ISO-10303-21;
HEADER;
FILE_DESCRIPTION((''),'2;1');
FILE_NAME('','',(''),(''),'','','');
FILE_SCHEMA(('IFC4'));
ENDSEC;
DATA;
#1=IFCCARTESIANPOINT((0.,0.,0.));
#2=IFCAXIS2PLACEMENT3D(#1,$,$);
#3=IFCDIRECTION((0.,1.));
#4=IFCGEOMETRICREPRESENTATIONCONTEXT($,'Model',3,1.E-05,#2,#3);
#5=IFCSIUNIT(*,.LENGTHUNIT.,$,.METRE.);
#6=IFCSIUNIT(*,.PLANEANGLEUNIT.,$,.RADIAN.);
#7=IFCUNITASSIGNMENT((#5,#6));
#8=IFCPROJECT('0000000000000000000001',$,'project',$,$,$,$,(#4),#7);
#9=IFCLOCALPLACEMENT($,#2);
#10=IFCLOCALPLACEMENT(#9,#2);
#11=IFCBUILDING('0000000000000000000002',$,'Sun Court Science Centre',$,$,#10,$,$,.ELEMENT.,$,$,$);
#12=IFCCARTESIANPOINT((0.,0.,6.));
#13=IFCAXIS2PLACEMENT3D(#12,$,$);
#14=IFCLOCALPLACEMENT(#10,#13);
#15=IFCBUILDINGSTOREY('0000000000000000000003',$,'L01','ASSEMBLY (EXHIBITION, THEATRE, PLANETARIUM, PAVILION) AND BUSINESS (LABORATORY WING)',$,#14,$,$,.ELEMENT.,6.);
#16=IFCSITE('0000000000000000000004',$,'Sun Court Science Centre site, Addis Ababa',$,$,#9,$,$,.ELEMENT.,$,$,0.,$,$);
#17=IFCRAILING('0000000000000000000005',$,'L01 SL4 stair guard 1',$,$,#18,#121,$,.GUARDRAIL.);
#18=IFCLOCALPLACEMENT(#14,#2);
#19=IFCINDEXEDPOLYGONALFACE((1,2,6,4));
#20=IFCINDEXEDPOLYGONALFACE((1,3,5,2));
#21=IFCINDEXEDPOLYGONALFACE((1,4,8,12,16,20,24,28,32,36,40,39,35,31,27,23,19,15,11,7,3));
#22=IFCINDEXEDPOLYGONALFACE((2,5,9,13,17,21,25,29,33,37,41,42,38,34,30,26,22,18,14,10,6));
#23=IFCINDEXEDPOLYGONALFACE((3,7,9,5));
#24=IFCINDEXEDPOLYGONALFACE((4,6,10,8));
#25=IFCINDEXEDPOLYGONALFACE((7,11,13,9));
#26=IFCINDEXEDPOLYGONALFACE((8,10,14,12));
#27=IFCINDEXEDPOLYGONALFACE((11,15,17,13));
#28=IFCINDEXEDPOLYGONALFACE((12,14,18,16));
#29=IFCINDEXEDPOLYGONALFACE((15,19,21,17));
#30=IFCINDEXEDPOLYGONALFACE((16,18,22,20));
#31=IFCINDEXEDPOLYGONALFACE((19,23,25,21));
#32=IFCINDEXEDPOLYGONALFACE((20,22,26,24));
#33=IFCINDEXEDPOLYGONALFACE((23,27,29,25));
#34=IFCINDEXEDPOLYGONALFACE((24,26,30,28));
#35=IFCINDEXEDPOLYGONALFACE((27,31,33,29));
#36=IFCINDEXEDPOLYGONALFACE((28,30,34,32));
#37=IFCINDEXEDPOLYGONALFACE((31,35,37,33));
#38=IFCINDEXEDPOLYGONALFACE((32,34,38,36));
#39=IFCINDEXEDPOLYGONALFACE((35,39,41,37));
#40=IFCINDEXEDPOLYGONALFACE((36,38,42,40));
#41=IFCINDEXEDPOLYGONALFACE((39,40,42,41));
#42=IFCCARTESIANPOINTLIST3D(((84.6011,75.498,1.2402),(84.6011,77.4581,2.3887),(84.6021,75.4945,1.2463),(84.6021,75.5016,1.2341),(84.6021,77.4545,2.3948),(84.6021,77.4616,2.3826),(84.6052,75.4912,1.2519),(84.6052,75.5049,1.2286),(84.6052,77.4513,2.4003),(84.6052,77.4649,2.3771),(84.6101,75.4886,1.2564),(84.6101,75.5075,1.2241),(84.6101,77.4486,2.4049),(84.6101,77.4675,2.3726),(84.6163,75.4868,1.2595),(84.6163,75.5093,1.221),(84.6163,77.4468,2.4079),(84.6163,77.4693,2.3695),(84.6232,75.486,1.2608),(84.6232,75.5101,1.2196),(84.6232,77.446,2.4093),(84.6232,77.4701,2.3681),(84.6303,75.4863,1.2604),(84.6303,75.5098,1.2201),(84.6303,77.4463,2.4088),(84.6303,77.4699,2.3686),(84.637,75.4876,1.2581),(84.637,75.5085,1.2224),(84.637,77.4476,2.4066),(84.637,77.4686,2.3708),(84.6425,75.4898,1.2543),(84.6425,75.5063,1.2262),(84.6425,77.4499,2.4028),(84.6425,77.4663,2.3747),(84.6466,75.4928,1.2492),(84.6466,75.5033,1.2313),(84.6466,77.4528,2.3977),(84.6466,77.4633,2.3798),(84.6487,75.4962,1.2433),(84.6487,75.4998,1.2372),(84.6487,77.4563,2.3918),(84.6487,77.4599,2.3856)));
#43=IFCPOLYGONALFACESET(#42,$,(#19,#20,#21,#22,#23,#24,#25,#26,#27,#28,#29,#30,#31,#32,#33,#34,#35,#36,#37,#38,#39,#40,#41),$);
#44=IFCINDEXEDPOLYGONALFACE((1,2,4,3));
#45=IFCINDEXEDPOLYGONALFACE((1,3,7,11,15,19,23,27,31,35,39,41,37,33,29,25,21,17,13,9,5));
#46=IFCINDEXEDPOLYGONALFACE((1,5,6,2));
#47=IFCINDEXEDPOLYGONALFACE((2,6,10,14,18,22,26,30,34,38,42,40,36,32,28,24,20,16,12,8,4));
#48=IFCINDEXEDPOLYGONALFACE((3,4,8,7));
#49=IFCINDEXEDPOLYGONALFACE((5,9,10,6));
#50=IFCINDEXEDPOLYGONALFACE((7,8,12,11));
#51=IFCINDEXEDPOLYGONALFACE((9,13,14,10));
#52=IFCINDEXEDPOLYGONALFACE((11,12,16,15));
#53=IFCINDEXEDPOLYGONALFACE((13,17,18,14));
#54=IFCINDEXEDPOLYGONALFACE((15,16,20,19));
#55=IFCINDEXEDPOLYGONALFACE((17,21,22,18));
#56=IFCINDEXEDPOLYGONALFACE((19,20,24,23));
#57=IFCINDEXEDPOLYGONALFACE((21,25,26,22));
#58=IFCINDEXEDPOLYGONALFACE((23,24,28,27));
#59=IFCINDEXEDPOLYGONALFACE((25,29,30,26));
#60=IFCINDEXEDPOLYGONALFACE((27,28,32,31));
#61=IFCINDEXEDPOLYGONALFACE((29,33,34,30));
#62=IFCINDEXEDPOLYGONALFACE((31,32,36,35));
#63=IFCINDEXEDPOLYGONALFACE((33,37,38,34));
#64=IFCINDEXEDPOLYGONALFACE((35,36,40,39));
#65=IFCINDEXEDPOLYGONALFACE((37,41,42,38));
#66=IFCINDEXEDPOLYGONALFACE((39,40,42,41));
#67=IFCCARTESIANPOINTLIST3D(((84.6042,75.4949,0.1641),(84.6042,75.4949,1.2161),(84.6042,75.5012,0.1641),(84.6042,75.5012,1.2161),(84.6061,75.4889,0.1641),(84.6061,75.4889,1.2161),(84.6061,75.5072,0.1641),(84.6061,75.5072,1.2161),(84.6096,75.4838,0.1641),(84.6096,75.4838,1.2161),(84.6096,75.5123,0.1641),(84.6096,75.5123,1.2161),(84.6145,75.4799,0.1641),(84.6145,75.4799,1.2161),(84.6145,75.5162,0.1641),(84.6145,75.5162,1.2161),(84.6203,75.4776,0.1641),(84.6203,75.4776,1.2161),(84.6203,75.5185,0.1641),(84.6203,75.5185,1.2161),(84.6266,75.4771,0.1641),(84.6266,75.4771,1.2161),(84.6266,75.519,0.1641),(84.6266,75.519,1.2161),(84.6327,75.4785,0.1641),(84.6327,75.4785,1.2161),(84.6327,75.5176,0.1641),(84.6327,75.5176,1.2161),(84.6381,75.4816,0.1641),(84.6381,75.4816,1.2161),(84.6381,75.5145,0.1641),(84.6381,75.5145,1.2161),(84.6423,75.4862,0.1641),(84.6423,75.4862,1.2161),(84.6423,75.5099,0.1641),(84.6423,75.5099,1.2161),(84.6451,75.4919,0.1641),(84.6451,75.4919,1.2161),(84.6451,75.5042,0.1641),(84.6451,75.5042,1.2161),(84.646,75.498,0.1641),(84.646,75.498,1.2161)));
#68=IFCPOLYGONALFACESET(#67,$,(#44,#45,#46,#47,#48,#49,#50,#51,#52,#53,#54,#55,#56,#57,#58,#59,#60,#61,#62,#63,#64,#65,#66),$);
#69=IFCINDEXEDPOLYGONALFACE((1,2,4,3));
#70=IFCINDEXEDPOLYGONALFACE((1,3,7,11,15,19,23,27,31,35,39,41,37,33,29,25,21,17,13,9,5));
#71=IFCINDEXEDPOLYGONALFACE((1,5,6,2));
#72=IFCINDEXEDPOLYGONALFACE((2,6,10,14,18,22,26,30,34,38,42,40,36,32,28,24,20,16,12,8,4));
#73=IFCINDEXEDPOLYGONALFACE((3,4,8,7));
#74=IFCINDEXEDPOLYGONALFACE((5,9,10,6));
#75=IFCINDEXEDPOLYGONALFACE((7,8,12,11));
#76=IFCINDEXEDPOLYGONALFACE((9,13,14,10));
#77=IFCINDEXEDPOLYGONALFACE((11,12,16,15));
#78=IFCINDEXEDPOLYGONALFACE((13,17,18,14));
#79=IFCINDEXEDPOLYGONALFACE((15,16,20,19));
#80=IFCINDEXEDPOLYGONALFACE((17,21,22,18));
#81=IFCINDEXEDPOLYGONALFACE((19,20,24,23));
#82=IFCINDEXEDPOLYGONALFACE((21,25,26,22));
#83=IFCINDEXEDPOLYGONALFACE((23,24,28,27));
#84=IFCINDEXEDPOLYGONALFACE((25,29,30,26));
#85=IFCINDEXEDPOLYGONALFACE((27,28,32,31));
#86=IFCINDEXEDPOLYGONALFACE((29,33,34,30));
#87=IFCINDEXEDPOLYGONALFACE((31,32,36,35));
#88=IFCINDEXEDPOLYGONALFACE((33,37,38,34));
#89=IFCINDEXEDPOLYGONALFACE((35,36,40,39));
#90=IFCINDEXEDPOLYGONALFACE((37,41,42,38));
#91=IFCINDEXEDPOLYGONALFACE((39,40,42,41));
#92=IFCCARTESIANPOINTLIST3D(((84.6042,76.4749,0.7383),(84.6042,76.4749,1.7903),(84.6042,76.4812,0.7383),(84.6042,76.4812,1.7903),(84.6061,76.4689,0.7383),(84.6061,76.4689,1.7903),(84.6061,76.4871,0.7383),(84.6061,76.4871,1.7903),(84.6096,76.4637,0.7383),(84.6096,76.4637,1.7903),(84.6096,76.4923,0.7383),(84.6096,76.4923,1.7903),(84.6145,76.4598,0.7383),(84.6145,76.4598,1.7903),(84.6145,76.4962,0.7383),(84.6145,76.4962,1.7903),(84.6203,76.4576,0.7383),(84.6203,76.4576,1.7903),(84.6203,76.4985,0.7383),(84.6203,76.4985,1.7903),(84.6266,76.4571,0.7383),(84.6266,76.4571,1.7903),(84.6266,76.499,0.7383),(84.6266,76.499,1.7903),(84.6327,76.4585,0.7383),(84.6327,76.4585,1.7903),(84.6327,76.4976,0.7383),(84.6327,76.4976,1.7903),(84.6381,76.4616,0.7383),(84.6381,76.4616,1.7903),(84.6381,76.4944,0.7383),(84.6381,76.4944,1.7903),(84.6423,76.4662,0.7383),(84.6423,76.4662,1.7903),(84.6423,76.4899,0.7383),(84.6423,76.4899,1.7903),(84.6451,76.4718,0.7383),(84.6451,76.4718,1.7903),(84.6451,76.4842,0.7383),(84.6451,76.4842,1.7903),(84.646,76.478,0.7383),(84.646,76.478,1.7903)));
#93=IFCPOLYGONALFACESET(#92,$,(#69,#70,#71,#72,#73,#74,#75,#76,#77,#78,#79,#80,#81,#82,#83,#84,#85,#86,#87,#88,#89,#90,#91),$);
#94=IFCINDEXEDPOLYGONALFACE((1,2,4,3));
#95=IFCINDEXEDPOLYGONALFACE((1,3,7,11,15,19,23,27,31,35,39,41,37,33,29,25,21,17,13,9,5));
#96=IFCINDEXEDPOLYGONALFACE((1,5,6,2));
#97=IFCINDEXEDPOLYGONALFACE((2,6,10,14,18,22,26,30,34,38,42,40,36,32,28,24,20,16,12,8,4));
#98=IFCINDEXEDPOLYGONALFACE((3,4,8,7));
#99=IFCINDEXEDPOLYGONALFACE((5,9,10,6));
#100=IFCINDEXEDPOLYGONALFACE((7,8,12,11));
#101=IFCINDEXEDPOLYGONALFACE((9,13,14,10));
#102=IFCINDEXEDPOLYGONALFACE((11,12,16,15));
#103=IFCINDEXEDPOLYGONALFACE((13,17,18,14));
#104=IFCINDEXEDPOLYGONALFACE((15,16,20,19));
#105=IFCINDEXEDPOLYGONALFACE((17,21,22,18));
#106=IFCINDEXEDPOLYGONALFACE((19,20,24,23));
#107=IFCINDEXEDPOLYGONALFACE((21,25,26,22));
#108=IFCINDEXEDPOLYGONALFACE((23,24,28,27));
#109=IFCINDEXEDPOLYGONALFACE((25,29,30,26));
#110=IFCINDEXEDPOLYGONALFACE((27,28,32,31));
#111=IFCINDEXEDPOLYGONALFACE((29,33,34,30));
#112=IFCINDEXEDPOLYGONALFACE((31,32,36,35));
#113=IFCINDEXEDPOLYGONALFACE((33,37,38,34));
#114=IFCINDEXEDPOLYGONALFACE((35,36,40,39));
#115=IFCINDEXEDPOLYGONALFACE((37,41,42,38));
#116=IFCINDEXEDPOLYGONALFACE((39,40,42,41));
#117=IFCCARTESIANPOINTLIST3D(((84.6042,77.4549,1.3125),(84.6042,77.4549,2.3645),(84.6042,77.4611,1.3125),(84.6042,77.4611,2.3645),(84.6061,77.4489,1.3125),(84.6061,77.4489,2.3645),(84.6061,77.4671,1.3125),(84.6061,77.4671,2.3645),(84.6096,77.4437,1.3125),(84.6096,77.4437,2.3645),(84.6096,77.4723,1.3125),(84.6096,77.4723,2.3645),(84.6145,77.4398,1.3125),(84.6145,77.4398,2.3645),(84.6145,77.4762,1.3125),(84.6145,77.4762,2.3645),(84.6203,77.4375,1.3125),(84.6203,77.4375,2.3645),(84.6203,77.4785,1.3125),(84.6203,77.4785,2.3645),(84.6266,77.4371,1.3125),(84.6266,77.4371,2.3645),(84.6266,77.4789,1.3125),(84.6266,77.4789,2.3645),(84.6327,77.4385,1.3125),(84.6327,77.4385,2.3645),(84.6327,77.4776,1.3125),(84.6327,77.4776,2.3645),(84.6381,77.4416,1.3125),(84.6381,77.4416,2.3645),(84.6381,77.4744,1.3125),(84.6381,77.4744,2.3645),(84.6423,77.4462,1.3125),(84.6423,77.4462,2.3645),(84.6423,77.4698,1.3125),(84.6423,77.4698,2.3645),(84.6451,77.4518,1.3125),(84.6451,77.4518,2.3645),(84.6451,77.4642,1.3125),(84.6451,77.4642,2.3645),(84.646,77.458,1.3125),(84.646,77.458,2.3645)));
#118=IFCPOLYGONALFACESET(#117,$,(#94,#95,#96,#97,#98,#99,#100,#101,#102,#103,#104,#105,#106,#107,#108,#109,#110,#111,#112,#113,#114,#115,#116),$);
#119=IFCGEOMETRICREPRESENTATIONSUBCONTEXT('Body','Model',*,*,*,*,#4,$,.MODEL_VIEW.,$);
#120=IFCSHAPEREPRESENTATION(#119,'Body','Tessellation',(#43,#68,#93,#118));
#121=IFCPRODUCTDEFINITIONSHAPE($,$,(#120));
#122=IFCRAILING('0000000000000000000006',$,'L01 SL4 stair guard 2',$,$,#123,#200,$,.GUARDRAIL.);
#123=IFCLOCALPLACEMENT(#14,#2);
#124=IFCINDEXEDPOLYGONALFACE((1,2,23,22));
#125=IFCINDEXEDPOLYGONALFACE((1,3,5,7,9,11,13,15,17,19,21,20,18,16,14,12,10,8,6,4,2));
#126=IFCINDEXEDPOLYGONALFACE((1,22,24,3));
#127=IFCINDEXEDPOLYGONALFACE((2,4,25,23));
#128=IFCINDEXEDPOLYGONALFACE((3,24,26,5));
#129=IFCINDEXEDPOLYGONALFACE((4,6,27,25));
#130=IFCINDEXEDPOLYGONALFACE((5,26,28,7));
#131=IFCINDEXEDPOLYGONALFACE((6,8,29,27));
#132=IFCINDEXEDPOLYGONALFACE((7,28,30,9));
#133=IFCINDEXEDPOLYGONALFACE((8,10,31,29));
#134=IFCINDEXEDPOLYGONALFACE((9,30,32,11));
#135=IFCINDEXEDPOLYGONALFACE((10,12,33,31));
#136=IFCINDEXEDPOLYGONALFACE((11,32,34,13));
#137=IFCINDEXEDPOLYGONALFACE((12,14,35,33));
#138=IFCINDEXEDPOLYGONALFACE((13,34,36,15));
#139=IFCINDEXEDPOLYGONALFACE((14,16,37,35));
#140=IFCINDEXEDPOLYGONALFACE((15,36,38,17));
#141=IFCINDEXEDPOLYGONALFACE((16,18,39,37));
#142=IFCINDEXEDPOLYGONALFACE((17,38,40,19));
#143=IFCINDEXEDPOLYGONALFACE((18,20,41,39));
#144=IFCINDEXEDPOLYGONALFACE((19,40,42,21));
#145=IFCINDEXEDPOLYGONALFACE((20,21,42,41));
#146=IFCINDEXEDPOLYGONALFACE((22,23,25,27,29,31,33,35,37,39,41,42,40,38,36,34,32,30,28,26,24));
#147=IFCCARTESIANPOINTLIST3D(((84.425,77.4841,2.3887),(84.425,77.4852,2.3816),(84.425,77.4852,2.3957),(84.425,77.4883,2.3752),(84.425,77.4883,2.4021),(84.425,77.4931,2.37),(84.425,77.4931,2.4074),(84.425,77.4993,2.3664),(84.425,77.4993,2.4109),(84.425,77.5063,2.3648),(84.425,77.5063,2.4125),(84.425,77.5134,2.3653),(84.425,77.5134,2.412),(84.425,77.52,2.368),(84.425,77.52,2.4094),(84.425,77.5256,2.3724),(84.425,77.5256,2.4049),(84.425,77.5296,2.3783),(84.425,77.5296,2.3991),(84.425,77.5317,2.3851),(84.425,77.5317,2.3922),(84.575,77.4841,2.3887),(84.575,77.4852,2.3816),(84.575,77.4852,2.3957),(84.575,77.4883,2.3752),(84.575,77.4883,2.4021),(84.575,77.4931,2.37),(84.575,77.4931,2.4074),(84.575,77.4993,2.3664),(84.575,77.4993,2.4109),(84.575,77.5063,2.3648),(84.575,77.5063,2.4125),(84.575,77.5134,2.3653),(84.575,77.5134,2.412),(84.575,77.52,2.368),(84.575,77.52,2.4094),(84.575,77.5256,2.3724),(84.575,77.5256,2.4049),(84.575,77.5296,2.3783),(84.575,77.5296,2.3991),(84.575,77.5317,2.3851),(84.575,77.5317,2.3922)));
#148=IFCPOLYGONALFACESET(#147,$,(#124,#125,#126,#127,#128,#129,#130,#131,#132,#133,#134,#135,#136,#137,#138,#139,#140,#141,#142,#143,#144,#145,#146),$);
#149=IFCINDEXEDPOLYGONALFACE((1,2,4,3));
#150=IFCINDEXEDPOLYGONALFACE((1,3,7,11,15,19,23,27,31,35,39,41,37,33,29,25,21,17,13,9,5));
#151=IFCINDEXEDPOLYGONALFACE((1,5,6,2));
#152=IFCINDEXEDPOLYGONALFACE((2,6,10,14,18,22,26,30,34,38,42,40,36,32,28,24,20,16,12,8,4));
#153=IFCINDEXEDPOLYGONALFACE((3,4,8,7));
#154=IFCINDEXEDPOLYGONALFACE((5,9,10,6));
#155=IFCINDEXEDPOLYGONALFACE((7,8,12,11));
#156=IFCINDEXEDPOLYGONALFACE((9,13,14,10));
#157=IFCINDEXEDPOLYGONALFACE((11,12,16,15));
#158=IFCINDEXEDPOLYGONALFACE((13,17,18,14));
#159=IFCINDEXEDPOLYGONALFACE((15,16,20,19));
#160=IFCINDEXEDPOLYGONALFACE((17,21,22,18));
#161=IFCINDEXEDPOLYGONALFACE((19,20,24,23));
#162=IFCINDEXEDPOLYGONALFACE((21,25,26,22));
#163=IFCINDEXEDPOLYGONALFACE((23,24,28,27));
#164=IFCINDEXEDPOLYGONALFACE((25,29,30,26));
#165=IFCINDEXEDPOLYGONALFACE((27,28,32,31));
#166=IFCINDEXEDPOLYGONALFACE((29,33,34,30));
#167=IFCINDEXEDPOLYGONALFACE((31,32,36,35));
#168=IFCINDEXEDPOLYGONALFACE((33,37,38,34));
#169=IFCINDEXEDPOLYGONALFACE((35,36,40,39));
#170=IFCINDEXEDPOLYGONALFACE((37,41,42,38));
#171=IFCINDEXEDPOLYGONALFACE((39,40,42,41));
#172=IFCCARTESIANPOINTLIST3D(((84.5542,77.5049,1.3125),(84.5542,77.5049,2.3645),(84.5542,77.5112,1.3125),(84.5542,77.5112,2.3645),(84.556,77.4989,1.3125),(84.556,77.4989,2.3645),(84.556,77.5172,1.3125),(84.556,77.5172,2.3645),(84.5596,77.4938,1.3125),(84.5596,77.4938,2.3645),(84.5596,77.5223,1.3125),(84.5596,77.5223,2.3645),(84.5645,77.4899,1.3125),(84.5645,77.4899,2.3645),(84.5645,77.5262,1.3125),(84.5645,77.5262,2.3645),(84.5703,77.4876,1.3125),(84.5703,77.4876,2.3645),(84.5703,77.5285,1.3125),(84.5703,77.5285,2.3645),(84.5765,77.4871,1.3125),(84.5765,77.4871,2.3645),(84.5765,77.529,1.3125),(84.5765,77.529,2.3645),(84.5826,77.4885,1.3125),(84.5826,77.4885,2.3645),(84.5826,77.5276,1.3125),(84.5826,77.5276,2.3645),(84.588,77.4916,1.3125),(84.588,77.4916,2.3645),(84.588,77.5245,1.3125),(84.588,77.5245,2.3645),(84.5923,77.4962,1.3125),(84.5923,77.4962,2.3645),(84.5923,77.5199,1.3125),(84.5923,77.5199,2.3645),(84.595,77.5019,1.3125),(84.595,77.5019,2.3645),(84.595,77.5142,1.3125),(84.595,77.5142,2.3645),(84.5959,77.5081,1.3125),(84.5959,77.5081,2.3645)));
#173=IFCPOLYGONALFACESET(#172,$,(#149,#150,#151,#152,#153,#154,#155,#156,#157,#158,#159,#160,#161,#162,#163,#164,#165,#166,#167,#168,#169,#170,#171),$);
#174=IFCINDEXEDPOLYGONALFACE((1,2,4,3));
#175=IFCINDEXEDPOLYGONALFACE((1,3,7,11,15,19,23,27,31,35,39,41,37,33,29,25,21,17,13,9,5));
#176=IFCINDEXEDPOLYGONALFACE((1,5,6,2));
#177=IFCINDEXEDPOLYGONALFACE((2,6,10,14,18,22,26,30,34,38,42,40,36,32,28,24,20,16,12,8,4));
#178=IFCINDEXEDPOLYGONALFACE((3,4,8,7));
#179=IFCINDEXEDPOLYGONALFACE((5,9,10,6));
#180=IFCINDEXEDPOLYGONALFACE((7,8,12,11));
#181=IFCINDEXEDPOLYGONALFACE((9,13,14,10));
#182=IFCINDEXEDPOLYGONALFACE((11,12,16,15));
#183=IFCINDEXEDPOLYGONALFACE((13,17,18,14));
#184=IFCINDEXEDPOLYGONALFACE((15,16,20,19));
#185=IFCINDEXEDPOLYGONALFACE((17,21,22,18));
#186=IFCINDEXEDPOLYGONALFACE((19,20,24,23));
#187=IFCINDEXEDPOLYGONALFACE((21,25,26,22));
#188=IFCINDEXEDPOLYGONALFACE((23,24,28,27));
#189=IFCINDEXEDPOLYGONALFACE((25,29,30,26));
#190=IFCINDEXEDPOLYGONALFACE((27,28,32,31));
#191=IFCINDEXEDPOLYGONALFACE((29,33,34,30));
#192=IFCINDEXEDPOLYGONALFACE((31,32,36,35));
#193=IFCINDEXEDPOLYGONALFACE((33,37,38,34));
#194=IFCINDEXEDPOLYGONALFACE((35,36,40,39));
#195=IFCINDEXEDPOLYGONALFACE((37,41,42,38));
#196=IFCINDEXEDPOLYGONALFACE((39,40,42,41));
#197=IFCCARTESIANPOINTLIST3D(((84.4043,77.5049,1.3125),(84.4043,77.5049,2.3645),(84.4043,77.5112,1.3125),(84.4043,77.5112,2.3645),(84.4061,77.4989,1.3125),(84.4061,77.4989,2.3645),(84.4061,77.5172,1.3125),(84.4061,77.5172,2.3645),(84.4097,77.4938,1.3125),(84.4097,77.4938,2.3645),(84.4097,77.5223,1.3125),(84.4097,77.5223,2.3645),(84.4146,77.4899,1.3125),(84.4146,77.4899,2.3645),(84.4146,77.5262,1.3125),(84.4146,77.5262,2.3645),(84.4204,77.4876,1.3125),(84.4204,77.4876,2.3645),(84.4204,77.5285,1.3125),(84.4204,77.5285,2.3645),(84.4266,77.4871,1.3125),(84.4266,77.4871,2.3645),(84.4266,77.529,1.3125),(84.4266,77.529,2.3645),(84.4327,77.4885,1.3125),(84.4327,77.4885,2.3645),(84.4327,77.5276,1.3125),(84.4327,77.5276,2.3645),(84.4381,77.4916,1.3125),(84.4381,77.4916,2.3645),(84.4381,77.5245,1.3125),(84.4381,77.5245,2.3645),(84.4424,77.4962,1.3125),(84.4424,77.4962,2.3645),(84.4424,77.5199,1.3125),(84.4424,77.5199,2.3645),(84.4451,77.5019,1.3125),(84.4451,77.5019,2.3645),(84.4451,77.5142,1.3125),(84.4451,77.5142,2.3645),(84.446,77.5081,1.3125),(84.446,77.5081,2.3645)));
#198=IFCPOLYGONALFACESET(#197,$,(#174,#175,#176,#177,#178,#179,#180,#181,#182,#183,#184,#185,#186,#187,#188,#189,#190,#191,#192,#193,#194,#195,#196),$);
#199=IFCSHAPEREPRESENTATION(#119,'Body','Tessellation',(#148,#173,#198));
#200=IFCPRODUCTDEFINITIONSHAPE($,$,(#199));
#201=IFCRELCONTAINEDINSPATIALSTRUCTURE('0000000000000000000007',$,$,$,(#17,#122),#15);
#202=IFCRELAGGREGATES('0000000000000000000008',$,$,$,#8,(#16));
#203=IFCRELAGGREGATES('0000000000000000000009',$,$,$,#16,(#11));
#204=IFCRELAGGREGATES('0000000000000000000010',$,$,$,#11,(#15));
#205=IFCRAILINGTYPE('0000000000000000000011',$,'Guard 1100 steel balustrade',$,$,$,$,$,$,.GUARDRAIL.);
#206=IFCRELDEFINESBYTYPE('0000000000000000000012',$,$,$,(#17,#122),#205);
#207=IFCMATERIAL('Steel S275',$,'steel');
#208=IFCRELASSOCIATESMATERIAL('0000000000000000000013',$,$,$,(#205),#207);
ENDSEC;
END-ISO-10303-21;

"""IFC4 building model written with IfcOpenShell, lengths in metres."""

from ifc_helpers import new_model, si_unit, direction, frame, origin, origin_2d, place, context, subcontext, project, spatial, circle, extrude, material, type_object, element, save


model = new_model("IFC4")

# Units and contexts
model_context = context("Model", 3, precision=1e-05, world=origin(), true_north=direction((0.0, 1.0)))
body_context = subcontext(model_context, "Body", "Model", "MODEL_VIEW")
ifc_project = project(units=[si_unit("LENGTHUNIT", "METRE"), si_unit("PLANEANGLEUNIT", "RADIAN")], contexts=[model_context])

# Site, building, storey
site_placement = place(None, origin())
site = spatial("IfcSite", under=ifc_project, at=site_placement, Name="Sun Court Science Centre site, Addis Ababa", CompositionType="ELEMENT", RefElevation=0.0)
building_placement = place(site_placement, origin())
building = spatial("IfcBuilding", under=site, at=building_placement, Name="Sun Court Science Centre", CompositionType="ELEMENT")
storey_placement = place(building_placement, frame((0.0, 0.0, 6.0)))
storey = spatial("IfcBuildingStorey", under=building, at=storey_placement, Name="L01", Description="ASSEMBLY (EXHIBITION, THEATRE, PLANETARIUM, PAVILION) AND BUSINESS (LABORATORY WING)", CompositionType="ELEMENT", Elevation=6.0)

# Railings
ifc_material_1 = material(Name="Steel S275", Category="steel")
railing_type_1 = type_object("IfcRailingType", Name="Guard 1100 steel balustrade", PredefinedType="GUARDRAIL", material=ifc_material_1)
railing_1_placement = place(storey_placement, frame((84.625, 75.498, 0.1641)))
element("IfcRailing", 1, at=railing_1_placement, inside=storey, type_object=railing_type_1, Name="L01 SL4 stair guard 1", PredefinedType="GUARDRAIL", context=body_context, shape_type="SweptSolid", body=[
    extrude(circle(Radius=0.0239, at=origin_2d()), frame((0.0, 0.0, 1.0762), z_axis=(0.0, 0.862795, 0.505554), x_axis=(-1.0, 0.0, 0.0)), (0.0, 0.0, 1.0), 2.2717),
    extrude(circle(Radius=0.021, at=origin_2d()), origin(), (0.0, 0.0, 1.0), 1.052),
    extrude(circle(Radius=0.021, at=origin_2d()), frame((0.0, 0.98, 0.5742)), (0.0, 0.0, 1.0), 1.052),
    extrude(circle(Radius=0.021, at=origin_2d()), frame((0.0, 1.96, 1.1484)), (0.0, 0.0, 1.0), 1.052),
])
railing_2_placement = place(storey_placement, frame((84.575, 77.5081, 1.3125)))
element("IfcRailing", 2, at=railing_2_placement, inside=storey, type_object=railing_type_1, Name="L01 SL4 stair guard 2", PredefinedType="GUARDRAIL", context=body_context, shape_type="SweptSolid", body=[
    extrude(circle(Radius=0.0239, at=origin_2d()), frame((0.0, 0.0, 1.0762), z_axis=(-1.0, 0.0, 0.0), x_axis=(0.0, -1.0, 0.0)), (0.0, 0.0, 1.0), 0.1499),
    extrude(circle(Radius=0.021, at=origin_2d()), origin(), (0.0, 0.0, 1.0), 1.052),
    extrude(circle(Radius=0.021, at=origin_2d()), frame((-0.1499, 0.0, 0.0)), (0.0, 0.0, 1.0), 1.052),
])

save(model, "model.ifc")
